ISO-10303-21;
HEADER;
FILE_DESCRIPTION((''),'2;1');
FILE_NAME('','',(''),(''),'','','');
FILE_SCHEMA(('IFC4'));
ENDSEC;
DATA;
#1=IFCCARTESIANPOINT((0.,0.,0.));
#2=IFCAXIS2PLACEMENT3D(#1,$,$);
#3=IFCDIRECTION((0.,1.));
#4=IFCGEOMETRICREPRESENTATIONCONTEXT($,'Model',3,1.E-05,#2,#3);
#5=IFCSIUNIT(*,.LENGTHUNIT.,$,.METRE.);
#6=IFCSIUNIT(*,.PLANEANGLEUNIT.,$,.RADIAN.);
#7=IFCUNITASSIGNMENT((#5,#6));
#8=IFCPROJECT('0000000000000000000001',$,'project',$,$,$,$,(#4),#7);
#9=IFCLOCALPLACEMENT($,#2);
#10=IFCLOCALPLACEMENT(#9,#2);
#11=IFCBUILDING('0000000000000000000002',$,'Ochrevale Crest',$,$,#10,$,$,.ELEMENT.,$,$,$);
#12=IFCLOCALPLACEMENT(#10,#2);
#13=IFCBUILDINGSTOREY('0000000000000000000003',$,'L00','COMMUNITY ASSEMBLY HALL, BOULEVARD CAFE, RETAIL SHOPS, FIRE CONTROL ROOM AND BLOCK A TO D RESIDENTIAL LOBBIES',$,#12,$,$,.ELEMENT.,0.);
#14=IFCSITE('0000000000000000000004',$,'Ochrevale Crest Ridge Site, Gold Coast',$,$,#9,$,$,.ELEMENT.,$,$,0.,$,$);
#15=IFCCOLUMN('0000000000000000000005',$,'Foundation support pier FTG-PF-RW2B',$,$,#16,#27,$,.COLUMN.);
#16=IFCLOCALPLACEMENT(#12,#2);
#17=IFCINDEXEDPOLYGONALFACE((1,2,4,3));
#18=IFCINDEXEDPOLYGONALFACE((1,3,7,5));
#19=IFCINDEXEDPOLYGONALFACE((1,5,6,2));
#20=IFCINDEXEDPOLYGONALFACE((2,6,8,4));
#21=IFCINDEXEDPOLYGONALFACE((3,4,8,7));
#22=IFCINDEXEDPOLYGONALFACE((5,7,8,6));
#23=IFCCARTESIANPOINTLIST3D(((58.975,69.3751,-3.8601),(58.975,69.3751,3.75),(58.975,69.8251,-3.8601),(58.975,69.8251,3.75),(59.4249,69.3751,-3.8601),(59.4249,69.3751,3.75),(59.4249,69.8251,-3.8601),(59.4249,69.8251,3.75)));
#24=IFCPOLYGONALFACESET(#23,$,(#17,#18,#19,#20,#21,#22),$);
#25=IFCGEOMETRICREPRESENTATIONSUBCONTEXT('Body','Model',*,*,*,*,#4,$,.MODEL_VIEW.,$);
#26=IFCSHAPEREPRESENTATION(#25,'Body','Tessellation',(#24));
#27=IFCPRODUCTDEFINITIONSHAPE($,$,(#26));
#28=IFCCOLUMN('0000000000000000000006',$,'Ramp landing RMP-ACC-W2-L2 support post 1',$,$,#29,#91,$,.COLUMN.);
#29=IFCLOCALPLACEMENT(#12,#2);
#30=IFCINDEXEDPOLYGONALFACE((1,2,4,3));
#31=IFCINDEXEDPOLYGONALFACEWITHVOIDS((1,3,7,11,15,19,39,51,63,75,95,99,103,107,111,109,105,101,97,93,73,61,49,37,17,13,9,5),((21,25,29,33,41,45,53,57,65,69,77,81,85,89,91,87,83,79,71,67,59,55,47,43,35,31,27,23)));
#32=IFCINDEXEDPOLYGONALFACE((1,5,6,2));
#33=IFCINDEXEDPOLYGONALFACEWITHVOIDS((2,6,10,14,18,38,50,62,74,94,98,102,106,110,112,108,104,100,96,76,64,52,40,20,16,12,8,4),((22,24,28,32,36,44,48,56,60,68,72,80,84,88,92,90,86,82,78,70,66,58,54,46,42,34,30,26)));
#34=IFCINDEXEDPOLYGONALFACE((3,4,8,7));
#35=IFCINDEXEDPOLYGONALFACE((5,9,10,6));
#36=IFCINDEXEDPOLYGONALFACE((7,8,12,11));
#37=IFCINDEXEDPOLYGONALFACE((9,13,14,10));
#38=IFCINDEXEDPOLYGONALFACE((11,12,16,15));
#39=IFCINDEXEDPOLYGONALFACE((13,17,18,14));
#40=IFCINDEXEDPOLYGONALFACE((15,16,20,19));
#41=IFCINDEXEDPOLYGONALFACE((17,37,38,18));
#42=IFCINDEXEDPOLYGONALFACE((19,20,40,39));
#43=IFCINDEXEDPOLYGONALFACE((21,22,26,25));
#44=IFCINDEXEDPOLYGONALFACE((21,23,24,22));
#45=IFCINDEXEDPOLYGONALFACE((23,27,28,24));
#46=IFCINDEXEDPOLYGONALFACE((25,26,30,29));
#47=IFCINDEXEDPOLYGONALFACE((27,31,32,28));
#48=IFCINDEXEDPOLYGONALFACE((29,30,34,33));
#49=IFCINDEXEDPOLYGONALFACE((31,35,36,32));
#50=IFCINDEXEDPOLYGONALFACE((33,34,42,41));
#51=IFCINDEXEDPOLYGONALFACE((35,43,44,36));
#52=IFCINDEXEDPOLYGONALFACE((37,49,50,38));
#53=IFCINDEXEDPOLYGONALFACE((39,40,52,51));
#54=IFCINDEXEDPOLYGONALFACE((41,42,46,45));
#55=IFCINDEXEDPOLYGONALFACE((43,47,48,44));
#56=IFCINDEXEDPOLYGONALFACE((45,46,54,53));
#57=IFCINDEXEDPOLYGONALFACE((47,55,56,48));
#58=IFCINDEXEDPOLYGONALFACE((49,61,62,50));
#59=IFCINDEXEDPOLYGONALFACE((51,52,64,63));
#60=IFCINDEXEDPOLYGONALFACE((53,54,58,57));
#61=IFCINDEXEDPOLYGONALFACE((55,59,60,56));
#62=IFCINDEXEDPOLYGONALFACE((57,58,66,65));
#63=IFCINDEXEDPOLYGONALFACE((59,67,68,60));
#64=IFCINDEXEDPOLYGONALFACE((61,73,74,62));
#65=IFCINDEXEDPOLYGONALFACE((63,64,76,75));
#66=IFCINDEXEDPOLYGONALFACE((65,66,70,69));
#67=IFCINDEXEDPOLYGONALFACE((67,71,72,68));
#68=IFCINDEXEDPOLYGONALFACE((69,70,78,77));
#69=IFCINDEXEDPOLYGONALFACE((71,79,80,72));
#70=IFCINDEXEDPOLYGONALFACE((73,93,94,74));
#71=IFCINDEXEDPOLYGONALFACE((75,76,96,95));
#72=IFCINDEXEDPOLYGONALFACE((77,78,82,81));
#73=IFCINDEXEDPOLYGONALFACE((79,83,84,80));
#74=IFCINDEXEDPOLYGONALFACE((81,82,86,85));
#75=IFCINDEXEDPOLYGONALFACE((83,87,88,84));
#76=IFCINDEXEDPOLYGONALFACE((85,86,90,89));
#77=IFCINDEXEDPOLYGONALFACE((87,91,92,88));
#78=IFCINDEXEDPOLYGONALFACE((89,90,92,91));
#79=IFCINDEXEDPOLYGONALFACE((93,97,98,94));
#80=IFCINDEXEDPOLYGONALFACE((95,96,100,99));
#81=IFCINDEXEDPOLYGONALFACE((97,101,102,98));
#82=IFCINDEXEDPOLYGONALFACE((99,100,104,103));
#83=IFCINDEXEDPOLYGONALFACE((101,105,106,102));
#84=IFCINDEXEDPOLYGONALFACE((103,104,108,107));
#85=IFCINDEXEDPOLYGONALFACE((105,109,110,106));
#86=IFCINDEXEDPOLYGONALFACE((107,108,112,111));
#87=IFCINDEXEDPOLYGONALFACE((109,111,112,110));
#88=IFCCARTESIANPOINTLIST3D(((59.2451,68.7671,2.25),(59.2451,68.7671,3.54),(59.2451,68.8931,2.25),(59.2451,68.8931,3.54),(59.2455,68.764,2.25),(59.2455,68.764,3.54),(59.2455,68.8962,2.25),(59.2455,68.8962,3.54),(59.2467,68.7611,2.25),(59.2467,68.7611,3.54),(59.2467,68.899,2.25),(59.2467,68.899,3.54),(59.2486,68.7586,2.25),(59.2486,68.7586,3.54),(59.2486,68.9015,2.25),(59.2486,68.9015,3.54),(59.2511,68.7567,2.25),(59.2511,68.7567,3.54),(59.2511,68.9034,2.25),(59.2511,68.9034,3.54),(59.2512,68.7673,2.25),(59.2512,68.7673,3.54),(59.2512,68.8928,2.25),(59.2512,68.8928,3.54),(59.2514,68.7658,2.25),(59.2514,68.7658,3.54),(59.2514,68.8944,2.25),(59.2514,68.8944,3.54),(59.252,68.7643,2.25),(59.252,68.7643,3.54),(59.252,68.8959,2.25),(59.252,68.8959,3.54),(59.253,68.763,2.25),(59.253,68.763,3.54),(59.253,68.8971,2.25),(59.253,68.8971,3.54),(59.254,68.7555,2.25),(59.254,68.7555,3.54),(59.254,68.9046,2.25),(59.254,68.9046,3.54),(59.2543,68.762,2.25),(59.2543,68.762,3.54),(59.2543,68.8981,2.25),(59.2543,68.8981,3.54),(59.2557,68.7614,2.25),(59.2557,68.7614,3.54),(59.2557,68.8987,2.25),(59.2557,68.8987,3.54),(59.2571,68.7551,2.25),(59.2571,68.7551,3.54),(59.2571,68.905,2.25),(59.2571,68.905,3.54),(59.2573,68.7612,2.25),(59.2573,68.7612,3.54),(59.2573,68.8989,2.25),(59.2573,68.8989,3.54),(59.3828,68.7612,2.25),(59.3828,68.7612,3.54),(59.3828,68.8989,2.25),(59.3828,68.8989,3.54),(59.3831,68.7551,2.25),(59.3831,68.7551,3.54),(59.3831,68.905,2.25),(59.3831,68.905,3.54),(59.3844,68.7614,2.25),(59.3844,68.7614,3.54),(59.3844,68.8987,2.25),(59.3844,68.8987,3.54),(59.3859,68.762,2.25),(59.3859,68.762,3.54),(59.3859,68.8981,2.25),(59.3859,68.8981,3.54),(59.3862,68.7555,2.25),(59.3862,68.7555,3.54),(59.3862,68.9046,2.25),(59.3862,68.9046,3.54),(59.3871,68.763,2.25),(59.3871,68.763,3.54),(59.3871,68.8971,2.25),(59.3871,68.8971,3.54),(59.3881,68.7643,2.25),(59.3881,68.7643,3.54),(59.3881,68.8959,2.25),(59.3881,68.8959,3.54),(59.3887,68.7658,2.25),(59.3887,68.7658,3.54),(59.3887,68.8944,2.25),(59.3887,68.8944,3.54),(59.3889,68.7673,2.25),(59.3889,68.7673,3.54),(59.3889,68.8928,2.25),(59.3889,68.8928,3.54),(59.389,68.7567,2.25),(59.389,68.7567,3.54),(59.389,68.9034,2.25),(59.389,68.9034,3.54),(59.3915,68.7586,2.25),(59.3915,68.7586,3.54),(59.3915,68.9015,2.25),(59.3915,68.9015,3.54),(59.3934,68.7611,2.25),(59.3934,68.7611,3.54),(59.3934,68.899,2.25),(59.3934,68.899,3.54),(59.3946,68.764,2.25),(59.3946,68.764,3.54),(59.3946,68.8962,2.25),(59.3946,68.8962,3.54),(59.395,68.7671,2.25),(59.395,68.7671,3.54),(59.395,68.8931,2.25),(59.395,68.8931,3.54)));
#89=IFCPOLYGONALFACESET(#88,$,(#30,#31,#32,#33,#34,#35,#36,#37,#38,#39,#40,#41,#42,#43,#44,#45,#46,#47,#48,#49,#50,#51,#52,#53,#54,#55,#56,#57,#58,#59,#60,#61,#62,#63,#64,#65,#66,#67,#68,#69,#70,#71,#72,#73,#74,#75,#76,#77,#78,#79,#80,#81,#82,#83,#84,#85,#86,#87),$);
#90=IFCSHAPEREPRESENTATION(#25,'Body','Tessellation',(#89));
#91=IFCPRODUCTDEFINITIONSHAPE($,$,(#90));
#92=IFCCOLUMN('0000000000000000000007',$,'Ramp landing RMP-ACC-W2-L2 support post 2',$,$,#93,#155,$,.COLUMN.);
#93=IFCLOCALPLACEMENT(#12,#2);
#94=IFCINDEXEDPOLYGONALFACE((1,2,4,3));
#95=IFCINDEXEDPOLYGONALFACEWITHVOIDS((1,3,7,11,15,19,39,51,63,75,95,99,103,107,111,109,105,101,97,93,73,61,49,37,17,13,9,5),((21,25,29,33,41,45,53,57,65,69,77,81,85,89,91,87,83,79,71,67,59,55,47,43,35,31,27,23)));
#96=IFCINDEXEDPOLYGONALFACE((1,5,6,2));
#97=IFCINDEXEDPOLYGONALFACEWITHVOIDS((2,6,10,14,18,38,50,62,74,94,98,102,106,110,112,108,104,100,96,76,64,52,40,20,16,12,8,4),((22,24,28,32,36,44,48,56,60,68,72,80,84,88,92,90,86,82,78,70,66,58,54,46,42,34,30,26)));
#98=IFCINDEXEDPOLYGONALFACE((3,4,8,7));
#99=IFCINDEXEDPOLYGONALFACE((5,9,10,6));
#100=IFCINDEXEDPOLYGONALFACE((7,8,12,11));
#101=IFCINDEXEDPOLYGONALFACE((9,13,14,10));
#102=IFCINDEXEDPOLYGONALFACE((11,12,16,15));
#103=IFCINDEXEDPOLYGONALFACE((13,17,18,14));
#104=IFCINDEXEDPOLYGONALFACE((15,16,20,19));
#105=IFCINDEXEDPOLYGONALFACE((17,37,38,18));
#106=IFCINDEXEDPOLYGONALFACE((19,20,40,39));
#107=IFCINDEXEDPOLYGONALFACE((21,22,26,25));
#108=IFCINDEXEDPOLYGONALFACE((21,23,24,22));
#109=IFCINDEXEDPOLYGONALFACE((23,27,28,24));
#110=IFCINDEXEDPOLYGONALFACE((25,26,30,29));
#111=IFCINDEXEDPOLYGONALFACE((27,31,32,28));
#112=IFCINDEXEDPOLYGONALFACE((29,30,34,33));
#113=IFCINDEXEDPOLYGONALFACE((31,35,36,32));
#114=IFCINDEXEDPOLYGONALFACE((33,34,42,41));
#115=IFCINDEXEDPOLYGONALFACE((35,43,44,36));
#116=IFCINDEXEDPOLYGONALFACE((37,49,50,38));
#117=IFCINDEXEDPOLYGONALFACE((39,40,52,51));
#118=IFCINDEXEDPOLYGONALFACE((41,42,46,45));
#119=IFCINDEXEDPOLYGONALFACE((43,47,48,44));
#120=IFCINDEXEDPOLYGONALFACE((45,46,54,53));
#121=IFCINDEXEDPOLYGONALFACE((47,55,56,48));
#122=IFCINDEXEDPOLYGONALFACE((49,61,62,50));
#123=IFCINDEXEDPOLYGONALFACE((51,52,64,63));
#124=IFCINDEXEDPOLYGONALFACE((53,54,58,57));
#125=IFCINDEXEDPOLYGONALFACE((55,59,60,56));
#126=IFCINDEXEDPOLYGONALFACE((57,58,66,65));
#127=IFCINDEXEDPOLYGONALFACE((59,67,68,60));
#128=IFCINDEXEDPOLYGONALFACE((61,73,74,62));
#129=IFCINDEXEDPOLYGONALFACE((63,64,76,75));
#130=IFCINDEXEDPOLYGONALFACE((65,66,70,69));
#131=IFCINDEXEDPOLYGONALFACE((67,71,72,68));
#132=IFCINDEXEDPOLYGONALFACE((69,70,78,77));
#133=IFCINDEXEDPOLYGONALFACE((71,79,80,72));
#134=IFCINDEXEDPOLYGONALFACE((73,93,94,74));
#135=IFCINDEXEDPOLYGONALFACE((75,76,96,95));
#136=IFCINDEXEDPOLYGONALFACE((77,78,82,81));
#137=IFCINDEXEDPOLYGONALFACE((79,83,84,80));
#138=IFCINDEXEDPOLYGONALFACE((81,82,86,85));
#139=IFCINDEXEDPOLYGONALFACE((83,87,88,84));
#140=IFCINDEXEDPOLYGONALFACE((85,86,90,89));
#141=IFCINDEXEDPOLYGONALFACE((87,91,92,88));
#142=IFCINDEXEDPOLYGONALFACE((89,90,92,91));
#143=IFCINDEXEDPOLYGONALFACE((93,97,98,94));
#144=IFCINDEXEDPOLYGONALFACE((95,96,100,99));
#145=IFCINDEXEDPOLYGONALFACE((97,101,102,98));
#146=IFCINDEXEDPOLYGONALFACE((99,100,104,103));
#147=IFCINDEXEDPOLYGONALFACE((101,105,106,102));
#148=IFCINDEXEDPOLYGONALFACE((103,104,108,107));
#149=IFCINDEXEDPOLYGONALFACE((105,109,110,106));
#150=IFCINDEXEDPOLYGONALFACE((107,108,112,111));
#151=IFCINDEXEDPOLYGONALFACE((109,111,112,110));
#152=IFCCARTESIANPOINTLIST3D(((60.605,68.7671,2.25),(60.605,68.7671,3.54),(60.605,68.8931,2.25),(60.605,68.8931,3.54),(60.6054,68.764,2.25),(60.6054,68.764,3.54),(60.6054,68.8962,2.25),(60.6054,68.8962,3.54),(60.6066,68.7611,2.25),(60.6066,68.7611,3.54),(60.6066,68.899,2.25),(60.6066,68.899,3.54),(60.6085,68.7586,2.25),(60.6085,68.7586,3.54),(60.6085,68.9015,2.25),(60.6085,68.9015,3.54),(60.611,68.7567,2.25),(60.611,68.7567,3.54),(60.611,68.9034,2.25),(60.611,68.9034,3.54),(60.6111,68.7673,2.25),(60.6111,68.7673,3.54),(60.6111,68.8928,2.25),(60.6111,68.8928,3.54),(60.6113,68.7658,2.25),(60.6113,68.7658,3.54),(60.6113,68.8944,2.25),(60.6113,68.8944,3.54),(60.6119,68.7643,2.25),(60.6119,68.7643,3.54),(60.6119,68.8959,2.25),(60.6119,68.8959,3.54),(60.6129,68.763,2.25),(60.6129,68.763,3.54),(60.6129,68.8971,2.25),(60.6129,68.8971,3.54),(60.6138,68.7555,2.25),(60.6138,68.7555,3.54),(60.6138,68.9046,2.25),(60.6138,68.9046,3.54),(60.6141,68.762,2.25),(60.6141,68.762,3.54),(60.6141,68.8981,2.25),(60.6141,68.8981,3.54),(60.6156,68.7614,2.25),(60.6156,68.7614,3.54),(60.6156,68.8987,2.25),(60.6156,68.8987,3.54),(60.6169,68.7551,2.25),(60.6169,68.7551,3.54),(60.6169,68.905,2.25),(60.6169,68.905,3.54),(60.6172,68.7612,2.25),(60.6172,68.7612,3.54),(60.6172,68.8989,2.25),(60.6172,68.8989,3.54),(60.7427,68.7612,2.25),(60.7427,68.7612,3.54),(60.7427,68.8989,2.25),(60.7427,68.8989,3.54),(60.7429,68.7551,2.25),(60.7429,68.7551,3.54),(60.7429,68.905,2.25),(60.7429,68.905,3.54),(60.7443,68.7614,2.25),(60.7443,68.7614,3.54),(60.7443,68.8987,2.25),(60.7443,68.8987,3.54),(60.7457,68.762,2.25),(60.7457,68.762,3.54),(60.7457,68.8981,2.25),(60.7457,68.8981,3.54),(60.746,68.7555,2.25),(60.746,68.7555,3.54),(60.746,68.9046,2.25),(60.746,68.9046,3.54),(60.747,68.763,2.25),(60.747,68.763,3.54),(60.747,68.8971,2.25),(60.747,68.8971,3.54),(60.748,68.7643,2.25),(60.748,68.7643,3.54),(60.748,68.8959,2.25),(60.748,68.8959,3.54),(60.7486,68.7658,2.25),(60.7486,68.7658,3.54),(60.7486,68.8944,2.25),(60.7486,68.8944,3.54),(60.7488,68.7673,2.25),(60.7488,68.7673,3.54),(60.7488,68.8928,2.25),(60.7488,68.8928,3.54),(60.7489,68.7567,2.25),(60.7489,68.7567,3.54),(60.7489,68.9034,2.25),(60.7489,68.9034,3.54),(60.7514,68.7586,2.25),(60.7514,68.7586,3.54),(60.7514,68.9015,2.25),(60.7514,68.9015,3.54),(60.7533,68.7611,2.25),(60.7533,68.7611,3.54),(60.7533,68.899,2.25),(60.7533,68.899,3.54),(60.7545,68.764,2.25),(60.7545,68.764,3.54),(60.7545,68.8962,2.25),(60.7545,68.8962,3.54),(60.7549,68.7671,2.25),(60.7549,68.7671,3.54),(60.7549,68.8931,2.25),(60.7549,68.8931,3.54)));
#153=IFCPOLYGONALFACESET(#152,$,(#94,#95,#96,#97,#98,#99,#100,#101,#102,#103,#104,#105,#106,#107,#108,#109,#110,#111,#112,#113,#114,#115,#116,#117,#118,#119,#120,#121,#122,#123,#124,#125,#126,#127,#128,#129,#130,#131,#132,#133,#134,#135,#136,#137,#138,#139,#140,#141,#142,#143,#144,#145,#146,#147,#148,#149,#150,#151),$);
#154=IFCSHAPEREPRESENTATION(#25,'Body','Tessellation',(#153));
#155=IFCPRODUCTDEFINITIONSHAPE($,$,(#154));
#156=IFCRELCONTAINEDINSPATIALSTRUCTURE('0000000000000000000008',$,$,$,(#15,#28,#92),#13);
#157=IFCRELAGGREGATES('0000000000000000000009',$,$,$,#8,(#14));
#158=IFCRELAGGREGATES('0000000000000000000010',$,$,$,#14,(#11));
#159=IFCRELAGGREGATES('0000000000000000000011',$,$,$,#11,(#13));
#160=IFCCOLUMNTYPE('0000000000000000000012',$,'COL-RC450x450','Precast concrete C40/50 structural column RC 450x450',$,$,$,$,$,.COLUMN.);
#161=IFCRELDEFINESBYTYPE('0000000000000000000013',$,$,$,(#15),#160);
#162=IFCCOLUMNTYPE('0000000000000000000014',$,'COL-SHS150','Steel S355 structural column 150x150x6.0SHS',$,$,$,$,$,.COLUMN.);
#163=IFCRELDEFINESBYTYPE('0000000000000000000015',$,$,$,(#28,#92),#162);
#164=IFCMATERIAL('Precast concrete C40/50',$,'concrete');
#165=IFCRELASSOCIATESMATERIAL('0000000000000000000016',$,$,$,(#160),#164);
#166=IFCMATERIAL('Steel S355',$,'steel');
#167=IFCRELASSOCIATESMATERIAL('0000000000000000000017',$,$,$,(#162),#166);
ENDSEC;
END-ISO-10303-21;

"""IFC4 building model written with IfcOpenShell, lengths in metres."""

from ifc_helpers import new_model, si_unit, direction, frame, origin, origin_2d, place, context, subcontext, project, spatial, rectangle, hollow_rectangle, extrude, material, material_profile, profile_set, type_object, element, save


model = new_model("IFC4")

# Units and contexts
model_context = context("Model", 3, precision=1e-05, world=origin(), true_north=direction((0.0, 1.0)))
body_context = subcontext(model_context, "Body", "Model", "MODEL_VIEW")
ifc_project = project(units=[si_unit("LENGTHUNIT", "METRE"), si_unit("PLANEANGLEUNIT", "RADIAN")], contexts=[model_context])

# Site, building, storey
site_placement = place(None, origin())
site = spatial("IfcSite", under=ifc_project, at=site_placement, Name="Ochrevale Crest Ridge Site, Gold Coast", CompositionType="ELEMENT", RefElevation=0.0)
building_placement = place(site_placement, origin())
building = spatial("IfcBuilding", under=site, at=building_placement, Name="Ochrevale Crest", CompositionType="ELEMENT")
storey_placement = place(building_placement, origin())
storey = spatial("IfcBuildingStorey", under=building, at=storey_placement, Name="L00", Description="COMMUNITY ASSEMBLY HALL, BOULEVARD CAFE, RETAIL SHOPS, FIRE CONTROL ROOM AND BLOCK A TO D RESIDENTIAL LOBBIES", CompositionType="ELEMENT", Elevation=0.0)

# Columns
ifc_material_1 = material(Name="Precast concrete C40/50", Category="concrete")
ifc_material_profile_1 = material_profile(ifc_material_1, rectangle(XDim=0.45, YDim=0.45, at=origin_2d()), Name="RC 450x450")
ifc_profile_set_1 = profile_set([ifc_material_profile_1], Name="Precast concrete C40/50")
column_type_1 = type_object("IfcColumnType", Name="COL-RC450x450", Description="Precast concrete C40/50 structural column RC 450x450", PredefinedType="COLUMN", material=ifc_profile_set_1)
column_placement = place(storey_placement, frame((59.2, 69.6001, -3.8601), z_axis=(0.0, 0.0, 1.0), x_axis=(1.0, 0.0, 0.0)))
element("IfcColumn", 1, at=column_placement, inside=storey, type_object=column_type_1, Name="Foundation support pier FTG-PF-RW2B", PredefinedType="COLUMN", context=body_context, shape_type="SweptSolid", body=[
    extrude(rectangle(XDim=0.45, YDim=0.45, at=origin_2d()), origin(), (0.0, 0.0, 1.0), 7.6101),
])
ifc_material_2 = material(Name="Steel S355", Category="steel")
ifc_material_profile_2 = material_profile(ifc_material_2, hollow_rectangle(XDim=0.1499, YDim=0.1499, WallThickness=0.0061, InnerFilletRadius=0.0061, OuterFilletRadius=0.012, at=origin_2d()), Name="150x150x6.0SHS")
ifc_profile_set_2 = profile_set([ifc_material_profile_2], Name="Steel S355")
column_type_2 = type_object("IfcColumnType", Name="COL-SHS150", Description="Steel S355 structural column 150x150x6.0SHS", PredefinedType="COLUMN", material=ifc_profile_set_2)
for number, where, z_axis, x_axis, name in (
    (2, (59.3201, 68.8301, 2.25), (0.0, 0.0, 1.0), (1.0, 0.0, 0.0), "Ramp landing RMP-ACC-W2-L2 support post 1"),
    (3, (60.6799, 68.8301, 2.25), (0.0, 0.0, 1.0), (1.0, 0.0, 0.0), "Ramp landing RMP-ACC-W2-L2 support post 2"),
):
    element("IfcColumn", number, at=place(storey_placement, frame(where, z_axis=z_axis, x_axis=x_axis)), inside=storey, type_object=column_type_2, Name=name, PredefinedType="COLUMN", context=body_context, shape_type="SweptSolid", body=[
        extrude(hollow_rectangle(XDim=0.1499, YDim=0.1499, WallThickness=0.0061, InnerFilletRadius=0.0061, OuterFilletRadius=0.012, at=origin_2d()), origin(), (0.0, 0.0, 1.0), 1.29),
    ])

save(model, "model.ifc")
